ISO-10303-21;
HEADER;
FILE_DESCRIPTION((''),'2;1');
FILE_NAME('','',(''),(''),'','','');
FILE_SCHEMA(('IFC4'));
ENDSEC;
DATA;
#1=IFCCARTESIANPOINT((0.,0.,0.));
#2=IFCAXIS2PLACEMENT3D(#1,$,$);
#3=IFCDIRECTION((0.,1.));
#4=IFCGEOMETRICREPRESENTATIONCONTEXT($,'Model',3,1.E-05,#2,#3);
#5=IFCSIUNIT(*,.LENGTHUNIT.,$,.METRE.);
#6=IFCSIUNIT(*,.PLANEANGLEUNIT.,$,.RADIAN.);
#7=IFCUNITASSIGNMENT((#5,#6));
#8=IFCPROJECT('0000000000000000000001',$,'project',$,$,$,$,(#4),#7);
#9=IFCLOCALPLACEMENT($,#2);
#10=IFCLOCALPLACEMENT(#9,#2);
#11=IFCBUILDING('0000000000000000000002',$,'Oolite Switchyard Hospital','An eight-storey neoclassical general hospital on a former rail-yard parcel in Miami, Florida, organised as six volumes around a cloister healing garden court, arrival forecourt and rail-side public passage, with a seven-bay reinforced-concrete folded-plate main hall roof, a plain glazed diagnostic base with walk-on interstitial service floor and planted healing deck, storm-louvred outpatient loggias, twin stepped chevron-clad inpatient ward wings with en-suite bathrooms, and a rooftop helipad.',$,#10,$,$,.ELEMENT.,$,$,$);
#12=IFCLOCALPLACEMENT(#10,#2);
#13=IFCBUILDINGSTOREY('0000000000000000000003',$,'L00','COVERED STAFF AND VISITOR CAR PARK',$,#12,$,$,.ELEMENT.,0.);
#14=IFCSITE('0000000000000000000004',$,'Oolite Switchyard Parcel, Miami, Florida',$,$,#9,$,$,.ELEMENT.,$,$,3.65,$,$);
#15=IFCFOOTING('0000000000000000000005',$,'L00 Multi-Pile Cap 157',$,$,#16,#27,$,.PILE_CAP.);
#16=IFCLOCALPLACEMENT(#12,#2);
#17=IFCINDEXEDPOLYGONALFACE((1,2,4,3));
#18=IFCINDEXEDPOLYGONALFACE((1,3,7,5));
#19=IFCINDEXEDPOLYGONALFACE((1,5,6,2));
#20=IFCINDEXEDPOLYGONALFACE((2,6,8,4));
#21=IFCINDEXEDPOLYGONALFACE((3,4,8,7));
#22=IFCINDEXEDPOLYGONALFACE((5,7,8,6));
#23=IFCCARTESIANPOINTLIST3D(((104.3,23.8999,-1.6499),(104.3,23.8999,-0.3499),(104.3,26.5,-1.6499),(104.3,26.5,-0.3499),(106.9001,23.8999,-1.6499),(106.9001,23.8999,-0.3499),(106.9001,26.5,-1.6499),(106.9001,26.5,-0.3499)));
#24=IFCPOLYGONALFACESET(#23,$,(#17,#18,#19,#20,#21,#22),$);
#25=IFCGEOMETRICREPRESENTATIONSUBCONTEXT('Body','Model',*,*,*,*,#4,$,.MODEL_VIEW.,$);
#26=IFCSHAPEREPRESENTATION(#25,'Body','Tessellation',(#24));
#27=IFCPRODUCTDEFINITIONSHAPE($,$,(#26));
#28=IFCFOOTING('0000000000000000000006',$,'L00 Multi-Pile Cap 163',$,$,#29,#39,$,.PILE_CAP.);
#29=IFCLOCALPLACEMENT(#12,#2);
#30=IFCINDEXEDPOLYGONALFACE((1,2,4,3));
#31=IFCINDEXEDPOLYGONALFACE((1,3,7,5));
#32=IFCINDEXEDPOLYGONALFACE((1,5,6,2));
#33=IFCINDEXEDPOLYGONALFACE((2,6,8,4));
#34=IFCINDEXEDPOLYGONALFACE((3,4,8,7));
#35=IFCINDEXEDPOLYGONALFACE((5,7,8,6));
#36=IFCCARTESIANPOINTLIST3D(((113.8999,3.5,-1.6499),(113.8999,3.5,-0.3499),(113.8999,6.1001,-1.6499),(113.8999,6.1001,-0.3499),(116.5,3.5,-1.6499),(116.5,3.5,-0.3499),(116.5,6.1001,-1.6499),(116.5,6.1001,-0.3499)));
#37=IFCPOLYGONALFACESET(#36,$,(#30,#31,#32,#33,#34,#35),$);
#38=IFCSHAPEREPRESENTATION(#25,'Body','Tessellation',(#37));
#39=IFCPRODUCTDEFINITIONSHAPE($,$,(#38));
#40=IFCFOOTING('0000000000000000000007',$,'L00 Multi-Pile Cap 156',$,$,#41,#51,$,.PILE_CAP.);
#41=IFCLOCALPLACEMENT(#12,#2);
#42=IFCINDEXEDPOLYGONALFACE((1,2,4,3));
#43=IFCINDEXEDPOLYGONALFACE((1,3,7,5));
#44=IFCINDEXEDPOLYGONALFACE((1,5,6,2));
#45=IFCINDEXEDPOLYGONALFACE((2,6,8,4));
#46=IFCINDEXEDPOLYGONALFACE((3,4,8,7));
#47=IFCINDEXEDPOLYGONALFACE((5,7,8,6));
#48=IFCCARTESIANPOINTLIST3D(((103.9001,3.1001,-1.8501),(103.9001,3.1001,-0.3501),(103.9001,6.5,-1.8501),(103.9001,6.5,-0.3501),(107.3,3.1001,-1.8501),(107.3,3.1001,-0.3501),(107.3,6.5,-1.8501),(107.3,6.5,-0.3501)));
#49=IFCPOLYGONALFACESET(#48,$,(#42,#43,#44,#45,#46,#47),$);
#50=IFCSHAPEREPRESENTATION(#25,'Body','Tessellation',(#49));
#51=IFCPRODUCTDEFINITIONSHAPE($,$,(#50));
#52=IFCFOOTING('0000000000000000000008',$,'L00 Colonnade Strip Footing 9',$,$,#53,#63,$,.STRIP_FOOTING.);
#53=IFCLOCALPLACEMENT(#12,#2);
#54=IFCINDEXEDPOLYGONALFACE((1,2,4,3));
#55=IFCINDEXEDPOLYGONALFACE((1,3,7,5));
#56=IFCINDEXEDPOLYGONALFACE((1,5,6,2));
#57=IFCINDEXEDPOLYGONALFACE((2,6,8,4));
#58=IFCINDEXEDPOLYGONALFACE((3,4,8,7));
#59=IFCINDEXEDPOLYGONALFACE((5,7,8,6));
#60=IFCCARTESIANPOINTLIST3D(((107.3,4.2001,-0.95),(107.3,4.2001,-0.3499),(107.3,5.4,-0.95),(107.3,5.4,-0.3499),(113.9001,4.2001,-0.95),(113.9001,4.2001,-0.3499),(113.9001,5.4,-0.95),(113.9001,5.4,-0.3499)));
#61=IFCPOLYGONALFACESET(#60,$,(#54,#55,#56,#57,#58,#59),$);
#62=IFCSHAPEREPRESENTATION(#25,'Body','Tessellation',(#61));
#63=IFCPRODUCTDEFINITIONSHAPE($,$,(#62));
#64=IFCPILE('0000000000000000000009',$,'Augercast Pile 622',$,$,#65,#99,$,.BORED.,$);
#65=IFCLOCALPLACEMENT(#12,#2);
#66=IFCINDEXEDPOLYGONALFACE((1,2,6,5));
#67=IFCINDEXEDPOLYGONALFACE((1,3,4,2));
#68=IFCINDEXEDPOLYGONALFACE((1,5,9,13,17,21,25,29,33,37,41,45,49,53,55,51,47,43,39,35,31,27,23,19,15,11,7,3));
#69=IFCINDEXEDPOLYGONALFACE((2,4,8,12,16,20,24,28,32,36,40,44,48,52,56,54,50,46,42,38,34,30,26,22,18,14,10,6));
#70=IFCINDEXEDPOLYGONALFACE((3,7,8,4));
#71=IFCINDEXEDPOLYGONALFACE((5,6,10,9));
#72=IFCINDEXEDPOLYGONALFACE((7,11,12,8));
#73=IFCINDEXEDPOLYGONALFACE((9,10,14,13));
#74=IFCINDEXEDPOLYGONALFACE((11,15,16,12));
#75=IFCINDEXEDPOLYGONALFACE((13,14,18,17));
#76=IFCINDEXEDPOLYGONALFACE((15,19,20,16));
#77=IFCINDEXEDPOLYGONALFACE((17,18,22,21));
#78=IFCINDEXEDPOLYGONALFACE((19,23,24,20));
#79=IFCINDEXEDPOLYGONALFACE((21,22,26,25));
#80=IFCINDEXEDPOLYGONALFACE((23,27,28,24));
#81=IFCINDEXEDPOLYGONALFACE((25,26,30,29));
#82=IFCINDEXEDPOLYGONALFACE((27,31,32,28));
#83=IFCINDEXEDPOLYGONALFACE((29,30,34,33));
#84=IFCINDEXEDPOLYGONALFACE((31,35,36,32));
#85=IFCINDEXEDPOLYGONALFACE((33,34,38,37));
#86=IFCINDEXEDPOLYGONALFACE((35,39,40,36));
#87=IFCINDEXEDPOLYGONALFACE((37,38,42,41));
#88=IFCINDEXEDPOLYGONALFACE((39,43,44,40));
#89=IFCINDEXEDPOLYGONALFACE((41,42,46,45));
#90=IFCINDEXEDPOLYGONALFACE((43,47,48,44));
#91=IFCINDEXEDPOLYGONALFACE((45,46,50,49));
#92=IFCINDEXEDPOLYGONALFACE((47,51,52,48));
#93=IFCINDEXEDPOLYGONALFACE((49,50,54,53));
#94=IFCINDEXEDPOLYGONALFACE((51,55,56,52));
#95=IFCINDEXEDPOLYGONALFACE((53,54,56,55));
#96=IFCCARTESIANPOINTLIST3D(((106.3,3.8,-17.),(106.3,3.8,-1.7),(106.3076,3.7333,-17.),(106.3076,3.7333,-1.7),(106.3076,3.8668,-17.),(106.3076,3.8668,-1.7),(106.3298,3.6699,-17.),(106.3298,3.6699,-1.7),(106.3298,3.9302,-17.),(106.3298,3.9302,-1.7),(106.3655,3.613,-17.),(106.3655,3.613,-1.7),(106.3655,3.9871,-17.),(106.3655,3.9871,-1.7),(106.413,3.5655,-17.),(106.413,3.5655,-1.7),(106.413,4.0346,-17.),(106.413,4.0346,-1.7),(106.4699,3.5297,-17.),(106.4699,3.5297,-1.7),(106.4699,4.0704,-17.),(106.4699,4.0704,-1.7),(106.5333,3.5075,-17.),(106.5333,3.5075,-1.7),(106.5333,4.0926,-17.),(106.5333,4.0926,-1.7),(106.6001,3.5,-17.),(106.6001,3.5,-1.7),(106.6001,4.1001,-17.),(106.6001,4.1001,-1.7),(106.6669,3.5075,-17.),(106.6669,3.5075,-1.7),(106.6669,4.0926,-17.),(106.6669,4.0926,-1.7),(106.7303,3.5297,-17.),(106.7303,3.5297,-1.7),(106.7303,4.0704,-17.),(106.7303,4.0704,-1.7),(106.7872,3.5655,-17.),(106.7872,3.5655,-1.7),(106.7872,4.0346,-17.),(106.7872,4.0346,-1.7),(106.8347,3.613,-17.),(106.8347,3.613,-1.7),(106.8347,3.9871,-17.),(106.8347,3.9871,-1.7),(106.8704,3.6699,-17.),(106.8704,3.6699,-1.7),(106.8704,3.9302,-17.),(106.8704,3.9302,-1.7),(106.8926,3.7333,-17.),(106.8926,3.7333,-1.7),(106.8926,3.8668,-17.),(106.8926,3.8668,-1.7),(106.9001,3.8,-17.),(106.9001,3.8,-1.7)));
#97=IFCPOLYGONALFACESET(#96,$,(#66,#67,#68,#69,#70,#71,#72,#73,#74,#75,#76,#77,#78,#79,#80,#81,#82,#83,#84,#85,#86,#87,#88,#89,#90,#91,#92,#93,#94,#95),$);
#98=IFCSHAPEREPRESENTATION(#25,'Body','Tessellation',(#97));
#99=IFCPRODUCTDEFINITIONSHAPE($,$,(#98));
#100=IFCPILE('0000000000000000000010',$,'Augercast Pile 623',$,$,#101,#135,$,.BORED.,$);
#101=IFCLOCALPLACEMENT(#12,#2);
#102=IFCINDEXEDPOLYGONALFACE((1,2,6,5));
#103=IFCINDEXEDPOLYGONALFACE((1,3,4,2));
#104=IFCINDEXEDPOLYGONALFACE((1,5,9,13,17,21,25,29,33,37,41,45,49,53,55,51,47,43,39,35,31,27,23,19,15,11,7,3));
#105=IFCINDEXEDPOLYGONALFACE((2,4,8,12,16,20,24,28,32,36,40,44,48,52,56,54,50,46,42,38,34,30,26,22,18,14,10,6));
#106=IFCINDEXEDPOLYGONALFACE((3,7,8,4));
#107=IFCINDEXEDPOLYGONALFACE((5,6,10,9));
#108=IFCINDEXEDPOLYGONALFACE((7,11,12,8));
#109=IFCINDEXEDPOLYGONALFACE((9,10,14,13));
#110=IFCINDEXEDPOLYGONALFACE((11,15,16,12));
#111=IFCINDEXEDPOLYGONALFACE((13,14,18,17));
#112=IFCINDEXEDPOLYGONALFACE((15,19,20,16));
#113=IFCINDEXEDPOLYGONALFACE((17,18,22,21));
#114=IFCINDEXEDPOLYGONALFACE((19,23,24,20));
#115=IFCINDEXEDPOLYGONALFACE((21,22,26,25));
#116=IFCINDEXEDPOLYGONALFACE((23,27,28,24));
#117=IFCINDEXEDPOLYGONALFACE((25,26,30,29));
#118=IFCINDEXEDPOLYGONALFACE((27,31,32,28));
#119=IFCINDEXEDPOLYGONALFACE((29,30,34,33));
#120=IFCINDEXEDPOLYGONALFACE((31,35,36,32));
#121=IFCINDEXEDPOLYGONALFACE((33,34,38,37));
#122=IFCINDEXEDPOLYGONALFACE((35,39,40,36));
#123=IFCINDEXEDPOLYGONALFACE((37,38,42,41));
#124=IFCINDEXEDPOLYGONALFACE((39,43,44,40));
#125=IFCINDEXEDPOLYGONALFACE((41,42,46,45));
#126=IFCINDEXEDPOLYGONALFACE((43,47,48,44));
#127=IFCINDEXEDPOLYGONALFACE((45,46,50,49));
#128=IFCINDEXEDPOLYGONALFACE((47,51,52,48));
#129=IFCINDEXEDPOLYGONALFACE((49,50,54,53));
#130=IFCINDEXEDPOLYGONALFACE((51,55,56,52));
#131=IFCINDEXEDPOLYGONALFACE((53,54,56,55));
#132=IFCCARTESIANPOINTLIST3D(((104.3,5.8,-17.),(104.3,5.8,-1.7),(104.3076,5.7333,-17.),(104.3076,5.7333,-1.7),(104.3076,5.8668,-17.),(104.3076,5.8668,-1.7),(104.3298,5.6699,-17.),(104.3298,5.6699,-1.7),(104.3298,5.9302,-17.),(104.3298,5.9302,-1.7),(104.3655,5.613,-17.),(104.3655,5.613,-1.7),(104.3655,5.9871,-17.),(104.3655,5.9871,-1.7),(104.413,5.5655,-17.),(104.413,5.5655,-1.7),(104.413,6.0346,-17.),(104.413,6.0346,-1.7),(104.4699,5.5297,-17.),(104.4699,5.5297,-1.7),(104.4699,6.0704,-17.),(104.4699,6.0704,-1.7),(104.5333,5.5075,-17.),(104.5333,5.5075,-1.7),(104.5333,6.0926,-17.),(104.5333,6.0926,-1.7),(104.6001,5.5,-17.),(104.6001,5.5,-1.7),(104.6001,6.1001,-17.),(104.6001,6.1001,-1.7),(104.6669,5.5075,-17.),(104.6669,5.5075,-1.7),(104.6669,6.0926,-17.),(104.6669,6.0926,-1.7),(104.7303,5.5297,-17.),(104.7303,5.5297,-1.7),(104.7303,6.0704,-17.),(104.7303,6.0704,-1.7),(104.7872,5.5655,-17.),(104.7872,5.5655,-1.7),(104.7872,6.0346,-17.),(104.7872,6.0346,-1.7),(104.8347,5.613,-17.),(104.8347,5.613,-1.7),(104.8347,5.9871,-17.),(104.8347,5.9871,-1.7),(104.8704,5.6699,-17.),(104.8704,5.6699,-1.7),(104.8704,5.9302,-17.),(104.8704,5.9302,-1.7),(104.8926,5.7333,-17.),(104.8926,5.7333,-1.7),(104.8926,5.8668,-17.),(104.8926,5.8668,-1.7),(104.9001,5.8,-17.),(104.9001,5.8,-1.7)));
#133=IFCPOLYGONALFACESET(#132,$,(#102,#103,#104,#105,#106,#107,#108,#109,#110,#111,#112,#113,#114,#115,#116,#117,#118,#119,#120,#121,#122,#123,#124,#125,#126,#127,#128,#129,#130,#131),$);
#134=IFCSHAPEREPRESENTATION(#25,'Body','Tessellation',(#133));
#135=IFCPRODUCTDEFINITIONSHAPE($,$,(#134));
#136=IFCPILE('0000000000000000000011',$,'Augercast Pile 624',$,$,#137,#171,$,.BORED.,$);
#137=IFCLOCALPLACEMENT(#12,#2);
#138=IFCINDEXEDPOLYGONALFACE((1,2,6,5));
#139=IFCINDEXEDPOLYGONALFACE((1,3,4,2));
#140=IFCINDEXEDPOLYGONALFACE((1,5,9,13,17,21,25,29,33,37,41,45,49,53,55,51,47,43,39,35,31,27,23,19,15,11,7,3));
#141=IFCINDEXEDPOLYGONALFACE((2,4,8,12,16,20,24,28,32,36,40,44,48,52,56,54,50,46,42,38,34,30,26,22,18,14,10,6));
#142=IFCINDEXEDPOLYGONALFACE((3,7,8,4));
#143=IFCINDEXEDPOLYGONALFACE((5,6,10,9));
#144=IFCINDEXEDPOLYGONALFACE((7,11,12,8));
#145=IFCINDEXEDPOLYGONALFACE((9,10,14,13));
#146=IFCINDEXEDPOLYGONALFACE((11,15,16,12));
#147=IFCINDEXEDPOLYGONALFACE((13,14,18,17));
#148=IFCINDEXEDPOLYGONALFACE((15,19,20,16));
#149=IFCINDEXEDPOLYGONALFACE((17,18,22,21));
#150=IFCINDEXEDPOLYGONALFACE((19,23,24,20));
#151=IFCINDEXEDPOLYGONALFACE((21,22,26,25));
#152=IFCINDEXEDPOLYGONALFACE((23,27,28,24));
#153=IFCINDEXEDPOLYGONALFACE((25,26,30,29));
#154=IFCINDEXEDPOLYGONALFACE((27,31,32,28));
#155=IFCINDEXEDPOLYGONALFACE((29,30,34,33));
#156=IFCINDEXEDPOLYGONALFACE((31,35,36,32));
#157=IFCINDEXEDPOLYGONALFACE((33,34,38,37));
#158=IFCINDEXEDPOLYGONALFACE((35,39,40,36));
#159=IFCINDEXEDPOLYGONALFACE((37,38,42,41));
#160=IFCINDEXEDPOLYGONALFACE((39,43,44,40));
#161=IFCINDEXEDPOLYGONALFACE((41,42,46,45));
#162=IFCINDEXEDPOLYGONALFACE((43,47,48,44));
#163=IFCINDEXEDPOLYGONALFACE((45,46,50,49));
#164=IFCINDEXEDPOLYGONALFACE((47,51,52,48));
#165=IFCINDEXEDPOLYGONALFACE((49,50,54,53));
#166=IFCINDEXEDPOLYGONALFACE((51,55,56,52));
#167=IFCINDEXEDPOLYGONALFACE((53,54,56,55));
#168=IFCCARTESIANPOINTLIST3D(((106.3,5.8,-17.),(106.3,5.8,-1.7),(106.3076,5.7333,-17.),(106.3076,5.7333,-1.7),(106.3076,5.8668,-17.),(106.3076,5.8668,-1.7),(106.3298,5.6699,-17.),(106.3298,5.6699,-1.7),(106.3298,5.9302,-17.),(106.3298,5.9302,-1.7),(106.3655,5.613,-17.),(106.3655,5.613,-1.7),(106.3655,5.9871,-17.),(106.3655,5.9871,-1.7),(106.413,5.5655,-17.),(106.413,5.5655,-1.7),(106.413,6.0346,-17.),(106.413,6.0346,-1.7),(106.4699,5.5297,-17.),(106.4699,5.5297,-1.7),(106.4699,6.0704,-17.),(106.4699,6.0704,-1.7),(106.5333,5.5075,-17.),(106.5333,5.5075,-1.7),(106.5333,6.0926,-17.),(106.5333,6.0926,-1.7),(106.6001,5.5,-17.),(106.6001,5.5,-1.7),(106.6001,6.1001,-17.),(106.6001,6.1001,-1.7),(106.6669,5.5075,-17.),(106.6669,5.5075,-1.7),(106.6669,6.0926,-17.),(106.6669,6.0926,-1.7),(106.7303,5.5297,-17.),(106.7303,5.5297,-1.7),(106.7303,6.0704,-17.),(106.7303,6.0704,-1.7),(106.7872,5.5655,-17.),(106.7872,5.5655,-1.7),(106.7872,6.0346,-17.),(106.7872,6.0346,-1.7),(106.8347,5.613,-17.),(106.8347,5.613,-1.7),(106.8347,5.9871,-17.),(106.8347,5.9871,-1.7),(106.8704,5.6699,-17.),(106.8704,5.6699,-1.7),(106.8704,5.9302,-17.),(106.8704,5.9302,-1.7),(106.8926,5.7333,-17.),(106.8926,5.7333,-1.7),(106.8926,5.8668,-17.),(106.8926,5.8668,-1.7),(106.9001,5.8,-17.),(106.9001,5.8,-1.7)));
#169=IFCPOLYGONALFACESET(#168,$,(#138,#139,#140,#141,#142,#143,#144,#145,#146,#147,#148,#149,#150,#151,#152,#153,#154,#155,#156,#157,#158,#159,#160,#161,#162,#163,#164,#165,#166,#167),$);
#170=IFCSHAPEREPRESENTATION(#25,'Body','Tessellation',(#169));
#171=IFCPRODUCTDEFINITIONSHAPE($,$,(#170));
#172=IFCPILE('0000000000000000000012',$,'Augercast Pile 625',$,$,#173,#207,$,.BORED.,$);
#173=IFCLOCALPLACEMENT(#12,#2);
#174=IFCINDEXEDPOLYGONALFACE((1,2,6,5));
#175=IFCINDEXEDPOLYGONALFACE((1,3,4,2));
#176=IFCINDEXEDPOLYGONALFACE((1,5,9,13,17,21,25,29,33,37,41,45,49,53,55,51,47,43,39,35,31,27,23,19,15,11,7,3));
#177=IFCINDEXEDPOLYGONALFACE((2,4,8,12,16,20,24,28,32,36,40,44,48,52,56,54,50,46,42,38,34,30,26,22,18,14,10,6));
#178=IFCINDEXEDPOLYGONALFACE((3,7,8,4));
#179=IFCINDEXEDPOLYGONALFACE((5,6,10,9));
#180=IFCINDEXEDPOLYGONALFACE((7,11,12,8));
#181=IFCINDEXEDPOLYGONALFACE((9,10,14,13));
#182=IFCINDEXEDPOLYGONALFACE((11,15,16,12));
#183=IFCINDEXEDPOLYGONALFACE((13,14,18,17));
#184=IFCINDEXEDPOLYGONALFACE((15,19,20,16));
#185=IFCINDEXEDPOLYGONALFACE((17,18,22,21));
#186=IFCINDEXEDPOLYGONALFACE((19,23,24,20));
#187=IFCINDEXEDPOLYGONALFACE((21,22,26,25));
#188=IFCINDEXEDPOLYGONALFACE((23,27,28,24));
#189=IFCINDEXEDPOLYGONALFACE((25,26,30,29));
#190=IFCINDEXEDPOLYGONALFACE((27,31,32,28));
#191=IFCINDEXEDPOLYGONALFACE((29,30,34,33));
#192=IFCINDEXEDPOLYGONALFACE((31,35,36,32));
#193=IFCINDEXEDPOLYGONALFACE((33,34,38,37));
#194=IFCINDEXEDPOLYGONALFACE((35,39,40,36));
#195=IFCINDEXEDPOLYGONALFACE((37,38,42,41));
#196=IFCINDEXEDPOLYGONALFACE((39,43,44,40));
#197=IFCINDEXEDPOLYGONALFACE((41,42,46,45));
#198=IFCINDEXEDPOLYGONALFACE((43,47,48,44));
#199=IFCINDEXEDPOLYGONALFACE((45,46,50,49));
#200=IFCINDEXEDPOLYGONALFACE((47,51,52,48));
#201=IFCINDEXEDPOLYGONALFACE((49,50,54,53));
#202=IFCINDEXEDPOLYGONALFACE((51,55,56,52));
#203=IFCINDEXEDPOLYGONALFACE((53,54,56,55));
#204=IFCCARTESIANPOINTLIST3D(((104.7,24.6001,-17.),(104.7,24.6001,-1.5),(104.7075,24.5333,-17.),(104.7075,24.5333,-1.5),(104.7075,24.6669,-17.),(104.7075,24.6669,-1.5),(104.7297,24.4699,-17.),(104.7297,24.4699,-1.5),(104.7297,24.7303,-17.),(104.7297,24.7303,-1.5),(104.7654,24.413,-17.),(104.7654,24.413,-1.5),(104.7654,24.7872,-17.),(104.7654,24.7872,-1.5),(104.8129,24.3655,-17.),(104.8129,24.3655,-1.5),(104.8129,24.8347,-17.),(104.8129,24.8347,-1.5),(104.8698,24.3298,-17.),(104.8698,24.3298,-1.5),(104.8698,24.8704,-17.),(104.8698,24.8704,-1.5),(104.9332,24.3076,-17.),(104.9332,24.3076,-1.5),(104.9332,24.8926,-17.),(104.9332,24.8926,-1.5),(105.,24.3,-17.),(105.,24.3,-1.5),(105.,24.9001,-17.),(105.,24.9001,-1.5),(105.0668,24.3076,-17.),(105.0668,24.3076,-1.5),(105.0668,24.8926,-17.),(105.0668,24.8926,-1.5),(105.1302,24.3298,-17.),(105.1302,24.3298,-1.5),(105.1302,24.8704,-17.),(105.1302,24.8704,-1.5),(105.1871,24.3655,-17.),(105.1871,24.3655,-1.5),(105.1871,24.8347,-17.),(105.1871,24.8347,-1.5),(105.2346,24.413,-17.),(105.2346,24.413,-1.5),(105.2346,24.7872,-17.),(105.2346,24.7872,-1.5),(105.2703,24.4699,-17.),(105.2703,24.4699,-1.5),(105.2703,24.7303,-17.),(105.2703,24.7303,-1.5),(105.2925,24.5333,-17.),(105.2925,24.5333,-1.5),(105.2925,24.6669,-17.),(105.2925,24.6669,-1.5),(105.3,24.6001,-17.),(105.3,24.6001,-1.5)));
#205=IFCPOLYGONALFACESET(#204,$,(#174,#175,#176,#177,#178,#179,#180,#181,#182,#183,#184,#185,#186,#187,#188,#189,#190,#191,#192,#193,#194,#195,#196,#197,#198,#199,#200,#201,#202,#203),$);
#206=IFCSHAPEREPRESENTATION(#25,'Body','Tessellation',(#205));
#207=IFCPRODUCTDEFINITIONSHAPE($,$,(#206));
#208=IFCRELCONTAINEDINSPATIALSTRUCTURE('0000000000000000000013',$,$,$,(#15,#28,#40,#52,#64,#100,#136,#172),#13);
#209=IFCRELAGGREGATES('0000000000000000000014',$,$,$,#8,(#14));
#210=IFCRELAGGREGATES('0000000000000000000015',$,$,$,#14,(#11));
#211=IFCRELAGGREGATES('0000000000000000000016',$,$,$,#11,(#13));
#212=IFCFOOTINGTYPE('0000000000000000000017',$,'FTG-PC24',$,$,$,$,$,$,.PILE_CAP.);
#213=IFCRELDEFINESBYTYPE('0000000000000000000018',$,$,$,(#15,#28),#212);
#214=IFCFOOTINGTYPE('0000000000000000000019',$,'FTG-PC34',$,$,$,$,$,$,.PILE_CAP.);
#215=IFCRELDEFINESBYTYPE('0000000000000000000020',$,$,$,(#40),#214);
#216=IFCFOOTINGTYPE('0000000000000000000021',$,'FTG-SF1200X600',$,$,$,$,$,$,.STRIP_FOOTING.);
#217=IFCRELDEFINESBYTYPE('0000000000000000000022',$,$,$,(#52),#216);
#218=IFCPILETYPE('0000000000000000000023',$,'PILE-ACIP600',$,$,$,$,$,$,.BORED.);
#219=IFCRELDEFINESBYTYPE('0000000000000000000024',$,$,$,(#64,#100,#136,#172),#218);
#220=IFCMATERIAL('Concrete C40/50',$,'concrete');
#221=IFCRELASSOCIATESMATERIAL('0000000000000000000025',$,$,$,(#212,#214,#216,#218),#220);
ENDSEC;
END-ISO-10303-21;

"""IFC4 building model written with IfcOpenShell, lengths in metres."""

from ifc_helpers import new_model, si_unit, direction, frame, origin, origin_2d, place, context, subcontext, project, spatial, rectangle, circle, extrude, material, material_profile, profile_set, type_object, element, save


model = new_model("IFC4")

# Units and contexts
model_context = context("Model", 3, precision=1e-05, world=origin(), true_north=direction((0.0, 1.0)))
body_context = subcontext(model_context, "Body", "Model", "MODEL_VIEW")
ifc_project = project(units=[si_unit("LENGTHUNIT", "METRE"), si_unit("PLANEANGLEUNIT", "RADIAN")], contexts=[model_context])

# Site, building, storey
site_placement = place(None, origin())
site = spatial("IfcSite", under=ifc_project, at=site_placement, Name="Oolite Switchyard Parcel, Miami, Florida", CompositionType="ELEMENT", RefElevation=3.65)
building_placement = place(site_placement, origin())
building = spatial("IfcBuilding", under=site, at=building_placement, Name="Oolite Switchyard Hospital", Description="An eight-storey neoclassical general hospital on a former rail-yard parcel in Miami, Florida, organised as six volumes around a cloister healing garden court, arrival forecourt and rail-side public passage, with a seven-bay reinforced-concrete folded-plate main hall roof, a plain glazed diagnostic base with walk-on interstitial service floor and planted healing deck, storm-louvred outpatient loggias, twin stepped chevron-clad inpatient ward wings with en-suite bathrooms, and a rooftop helipad.", CompositionType="ELEMENT")
storey_placement = place(building_placement, origin())
storey = spatial("IfcBuildingStorey", under=building, at=storey_placement, Name="L00", Description="COVERED STAFF AND VISITOR CAR PARK", CompositionType="ELEMENT", Elevation=0.0)

# Footings
ifc_material_1 = material(Name="Concrete C40/50", Category="concrete")
footing_type_1 = type_object("IfcFootingType", Name="FTG-PC24", PredefinedType="PILE_CAP", material=ifc_material_1)
for number, where, z_axis, x_axis, name in (
    (1, (105.6001, 25.2, -1.6499), (0.0, 0.0, 1.0), (1.0, 0.0, 0.0), "L00 Multi-Pile Cap 157"),
    (2, (115.2, 4.8, -1.6499), (0.0, 0.0, 1.0), (1.0, 0.0, 0.0), "L00 Multi-Pile Cap 163"),
):
    element("IfcFooting", number, at=place(storey_placement, frame(where, z_axis=z_axis, x_axis=x_axis)), inside=storey, type_object=footing_type_1, Name=name, PredefinedType="PILE_CAP", context=body_context, shape_type="SweptSolid", body=[
        extrude(rectangle(XDim=2.6001, YDim=2.6001, at=origin_2d()), origin(), (0.0, 0.0, 1.0), 1.3),
    ])
footing_type_2 = type_object("IfcFootingType", Name="FTG-PC34", PredefinedType="PILE_CAP", material=ifc_material_1)
footing_1_placement = place(storey_placement, frame((105.6001, 4.8, -1.8501), z_axis=(0.0, 0.0, 1.0), x_axis=(1.0, 0.0, 0.0)))
element("IfcFooting", 3, at=footing_1_placement, inside=storey, type_object=footing_type_2, Name="L00 Multi-Pile Cap 156", PredefinedType="PILE_CAP", context=body_context, shape_type="SweptSolid", body=[
    extrude(rectangle(XDim=3.3999, YDim=3.3999, at=origin_2d()), origin(), (0.0, 0.0, 1.0), 1.5),
])
footing_type_3 = type_object("IfcFootingType", Name="FTG-SF1200X600", PredefinedType="STRIP_FOOTING", material=ifc_material_1)
footing_2_placement = place(storey_placement, frame((110.6001, 4.8, -0.95), z_axis=(0.0, 0.0, 1.0), x_axis=(1.0, 0.0, 0.0)))
element("IfcFooting", 4, at=footing_2_placement, inside=storey, type_object=footing_type_3, Name="L00 Colonnade Strip Footing 9", PredefinedType="STRIP_FOOTING", context=body_context, shape_type="SweptSolid", body=[
    extrude(rectangle(XDim=6.6001, YDim=1.2, at=origin_2d()), origin(), (0.0, 0.0, 1.0), 0.6001),
])

# Piles
ifc_material_profile_1 = material_profile(ifc_material_1, circle(Radius=0.3, at=origin_2d()), Name="PILE600")
ifc_profile_set_1 = profile_set([ifc_material_profile_1], Name="Concrete C40/50")
pile_type = type_object("IfcPileType", Name="PILE-ACIP600", PredefinedType="BORED", material=ifc_profile_set_1)
for number, where, z_axis, x_axis, name in (
    (5, (106.6001, 3.8, -1.7), (0.0, 0.0, -1.0), (1.0, 0.0, 0.0), "Augercast Pile 622"),
    (6, (104.6001, 5.8, -1.7), (0.0, 0.0, -1.0), (1.0, 0.0, 0.0), "Augercast Pile 623"),
    (7, (106.6001, 5.8, -1.7), (0.0, 0.0, -1.0), (1.0, 0.0, 0.0), "Augercast Pile 624"),
):
    element("IfcPile", number, at=place(storey_placement, frame(where, z_axis=z_axis, x_axis=x_axis)), inside=storey, type_object=pile_type, Name=name, PredefinedType="BORED", context=body_context, shape_type="SweptSolid", body=[
        extrude(circle(Radius=0.3, at=origin_2d()), origin(), (0.0, 0.0, 1.0), 15.3),
    ])
for number, where, z_axis, x_axis, name in (
    (8, (105.0, 24.6001, -1.5), (0.0, 0.0, -1.0), (1.0, 0.0, 0.0), "Augercast Pile 625"),
):
    element("IfcPile", number, at=place(storey_placement, frame(where, z_axis=z_axis, x_axis=x_axis)), inside=storey, type_object=pile_type, Name=name, PredefinedType="BORED", context=body_context, shape_type="SweptSolid", body=[
        extrude(circle(Radius=0.3, at=origin_2d()), origin(), (0.0, 0.0, 1.0), 15.5),
    ])

save(model, "model.ifc")
